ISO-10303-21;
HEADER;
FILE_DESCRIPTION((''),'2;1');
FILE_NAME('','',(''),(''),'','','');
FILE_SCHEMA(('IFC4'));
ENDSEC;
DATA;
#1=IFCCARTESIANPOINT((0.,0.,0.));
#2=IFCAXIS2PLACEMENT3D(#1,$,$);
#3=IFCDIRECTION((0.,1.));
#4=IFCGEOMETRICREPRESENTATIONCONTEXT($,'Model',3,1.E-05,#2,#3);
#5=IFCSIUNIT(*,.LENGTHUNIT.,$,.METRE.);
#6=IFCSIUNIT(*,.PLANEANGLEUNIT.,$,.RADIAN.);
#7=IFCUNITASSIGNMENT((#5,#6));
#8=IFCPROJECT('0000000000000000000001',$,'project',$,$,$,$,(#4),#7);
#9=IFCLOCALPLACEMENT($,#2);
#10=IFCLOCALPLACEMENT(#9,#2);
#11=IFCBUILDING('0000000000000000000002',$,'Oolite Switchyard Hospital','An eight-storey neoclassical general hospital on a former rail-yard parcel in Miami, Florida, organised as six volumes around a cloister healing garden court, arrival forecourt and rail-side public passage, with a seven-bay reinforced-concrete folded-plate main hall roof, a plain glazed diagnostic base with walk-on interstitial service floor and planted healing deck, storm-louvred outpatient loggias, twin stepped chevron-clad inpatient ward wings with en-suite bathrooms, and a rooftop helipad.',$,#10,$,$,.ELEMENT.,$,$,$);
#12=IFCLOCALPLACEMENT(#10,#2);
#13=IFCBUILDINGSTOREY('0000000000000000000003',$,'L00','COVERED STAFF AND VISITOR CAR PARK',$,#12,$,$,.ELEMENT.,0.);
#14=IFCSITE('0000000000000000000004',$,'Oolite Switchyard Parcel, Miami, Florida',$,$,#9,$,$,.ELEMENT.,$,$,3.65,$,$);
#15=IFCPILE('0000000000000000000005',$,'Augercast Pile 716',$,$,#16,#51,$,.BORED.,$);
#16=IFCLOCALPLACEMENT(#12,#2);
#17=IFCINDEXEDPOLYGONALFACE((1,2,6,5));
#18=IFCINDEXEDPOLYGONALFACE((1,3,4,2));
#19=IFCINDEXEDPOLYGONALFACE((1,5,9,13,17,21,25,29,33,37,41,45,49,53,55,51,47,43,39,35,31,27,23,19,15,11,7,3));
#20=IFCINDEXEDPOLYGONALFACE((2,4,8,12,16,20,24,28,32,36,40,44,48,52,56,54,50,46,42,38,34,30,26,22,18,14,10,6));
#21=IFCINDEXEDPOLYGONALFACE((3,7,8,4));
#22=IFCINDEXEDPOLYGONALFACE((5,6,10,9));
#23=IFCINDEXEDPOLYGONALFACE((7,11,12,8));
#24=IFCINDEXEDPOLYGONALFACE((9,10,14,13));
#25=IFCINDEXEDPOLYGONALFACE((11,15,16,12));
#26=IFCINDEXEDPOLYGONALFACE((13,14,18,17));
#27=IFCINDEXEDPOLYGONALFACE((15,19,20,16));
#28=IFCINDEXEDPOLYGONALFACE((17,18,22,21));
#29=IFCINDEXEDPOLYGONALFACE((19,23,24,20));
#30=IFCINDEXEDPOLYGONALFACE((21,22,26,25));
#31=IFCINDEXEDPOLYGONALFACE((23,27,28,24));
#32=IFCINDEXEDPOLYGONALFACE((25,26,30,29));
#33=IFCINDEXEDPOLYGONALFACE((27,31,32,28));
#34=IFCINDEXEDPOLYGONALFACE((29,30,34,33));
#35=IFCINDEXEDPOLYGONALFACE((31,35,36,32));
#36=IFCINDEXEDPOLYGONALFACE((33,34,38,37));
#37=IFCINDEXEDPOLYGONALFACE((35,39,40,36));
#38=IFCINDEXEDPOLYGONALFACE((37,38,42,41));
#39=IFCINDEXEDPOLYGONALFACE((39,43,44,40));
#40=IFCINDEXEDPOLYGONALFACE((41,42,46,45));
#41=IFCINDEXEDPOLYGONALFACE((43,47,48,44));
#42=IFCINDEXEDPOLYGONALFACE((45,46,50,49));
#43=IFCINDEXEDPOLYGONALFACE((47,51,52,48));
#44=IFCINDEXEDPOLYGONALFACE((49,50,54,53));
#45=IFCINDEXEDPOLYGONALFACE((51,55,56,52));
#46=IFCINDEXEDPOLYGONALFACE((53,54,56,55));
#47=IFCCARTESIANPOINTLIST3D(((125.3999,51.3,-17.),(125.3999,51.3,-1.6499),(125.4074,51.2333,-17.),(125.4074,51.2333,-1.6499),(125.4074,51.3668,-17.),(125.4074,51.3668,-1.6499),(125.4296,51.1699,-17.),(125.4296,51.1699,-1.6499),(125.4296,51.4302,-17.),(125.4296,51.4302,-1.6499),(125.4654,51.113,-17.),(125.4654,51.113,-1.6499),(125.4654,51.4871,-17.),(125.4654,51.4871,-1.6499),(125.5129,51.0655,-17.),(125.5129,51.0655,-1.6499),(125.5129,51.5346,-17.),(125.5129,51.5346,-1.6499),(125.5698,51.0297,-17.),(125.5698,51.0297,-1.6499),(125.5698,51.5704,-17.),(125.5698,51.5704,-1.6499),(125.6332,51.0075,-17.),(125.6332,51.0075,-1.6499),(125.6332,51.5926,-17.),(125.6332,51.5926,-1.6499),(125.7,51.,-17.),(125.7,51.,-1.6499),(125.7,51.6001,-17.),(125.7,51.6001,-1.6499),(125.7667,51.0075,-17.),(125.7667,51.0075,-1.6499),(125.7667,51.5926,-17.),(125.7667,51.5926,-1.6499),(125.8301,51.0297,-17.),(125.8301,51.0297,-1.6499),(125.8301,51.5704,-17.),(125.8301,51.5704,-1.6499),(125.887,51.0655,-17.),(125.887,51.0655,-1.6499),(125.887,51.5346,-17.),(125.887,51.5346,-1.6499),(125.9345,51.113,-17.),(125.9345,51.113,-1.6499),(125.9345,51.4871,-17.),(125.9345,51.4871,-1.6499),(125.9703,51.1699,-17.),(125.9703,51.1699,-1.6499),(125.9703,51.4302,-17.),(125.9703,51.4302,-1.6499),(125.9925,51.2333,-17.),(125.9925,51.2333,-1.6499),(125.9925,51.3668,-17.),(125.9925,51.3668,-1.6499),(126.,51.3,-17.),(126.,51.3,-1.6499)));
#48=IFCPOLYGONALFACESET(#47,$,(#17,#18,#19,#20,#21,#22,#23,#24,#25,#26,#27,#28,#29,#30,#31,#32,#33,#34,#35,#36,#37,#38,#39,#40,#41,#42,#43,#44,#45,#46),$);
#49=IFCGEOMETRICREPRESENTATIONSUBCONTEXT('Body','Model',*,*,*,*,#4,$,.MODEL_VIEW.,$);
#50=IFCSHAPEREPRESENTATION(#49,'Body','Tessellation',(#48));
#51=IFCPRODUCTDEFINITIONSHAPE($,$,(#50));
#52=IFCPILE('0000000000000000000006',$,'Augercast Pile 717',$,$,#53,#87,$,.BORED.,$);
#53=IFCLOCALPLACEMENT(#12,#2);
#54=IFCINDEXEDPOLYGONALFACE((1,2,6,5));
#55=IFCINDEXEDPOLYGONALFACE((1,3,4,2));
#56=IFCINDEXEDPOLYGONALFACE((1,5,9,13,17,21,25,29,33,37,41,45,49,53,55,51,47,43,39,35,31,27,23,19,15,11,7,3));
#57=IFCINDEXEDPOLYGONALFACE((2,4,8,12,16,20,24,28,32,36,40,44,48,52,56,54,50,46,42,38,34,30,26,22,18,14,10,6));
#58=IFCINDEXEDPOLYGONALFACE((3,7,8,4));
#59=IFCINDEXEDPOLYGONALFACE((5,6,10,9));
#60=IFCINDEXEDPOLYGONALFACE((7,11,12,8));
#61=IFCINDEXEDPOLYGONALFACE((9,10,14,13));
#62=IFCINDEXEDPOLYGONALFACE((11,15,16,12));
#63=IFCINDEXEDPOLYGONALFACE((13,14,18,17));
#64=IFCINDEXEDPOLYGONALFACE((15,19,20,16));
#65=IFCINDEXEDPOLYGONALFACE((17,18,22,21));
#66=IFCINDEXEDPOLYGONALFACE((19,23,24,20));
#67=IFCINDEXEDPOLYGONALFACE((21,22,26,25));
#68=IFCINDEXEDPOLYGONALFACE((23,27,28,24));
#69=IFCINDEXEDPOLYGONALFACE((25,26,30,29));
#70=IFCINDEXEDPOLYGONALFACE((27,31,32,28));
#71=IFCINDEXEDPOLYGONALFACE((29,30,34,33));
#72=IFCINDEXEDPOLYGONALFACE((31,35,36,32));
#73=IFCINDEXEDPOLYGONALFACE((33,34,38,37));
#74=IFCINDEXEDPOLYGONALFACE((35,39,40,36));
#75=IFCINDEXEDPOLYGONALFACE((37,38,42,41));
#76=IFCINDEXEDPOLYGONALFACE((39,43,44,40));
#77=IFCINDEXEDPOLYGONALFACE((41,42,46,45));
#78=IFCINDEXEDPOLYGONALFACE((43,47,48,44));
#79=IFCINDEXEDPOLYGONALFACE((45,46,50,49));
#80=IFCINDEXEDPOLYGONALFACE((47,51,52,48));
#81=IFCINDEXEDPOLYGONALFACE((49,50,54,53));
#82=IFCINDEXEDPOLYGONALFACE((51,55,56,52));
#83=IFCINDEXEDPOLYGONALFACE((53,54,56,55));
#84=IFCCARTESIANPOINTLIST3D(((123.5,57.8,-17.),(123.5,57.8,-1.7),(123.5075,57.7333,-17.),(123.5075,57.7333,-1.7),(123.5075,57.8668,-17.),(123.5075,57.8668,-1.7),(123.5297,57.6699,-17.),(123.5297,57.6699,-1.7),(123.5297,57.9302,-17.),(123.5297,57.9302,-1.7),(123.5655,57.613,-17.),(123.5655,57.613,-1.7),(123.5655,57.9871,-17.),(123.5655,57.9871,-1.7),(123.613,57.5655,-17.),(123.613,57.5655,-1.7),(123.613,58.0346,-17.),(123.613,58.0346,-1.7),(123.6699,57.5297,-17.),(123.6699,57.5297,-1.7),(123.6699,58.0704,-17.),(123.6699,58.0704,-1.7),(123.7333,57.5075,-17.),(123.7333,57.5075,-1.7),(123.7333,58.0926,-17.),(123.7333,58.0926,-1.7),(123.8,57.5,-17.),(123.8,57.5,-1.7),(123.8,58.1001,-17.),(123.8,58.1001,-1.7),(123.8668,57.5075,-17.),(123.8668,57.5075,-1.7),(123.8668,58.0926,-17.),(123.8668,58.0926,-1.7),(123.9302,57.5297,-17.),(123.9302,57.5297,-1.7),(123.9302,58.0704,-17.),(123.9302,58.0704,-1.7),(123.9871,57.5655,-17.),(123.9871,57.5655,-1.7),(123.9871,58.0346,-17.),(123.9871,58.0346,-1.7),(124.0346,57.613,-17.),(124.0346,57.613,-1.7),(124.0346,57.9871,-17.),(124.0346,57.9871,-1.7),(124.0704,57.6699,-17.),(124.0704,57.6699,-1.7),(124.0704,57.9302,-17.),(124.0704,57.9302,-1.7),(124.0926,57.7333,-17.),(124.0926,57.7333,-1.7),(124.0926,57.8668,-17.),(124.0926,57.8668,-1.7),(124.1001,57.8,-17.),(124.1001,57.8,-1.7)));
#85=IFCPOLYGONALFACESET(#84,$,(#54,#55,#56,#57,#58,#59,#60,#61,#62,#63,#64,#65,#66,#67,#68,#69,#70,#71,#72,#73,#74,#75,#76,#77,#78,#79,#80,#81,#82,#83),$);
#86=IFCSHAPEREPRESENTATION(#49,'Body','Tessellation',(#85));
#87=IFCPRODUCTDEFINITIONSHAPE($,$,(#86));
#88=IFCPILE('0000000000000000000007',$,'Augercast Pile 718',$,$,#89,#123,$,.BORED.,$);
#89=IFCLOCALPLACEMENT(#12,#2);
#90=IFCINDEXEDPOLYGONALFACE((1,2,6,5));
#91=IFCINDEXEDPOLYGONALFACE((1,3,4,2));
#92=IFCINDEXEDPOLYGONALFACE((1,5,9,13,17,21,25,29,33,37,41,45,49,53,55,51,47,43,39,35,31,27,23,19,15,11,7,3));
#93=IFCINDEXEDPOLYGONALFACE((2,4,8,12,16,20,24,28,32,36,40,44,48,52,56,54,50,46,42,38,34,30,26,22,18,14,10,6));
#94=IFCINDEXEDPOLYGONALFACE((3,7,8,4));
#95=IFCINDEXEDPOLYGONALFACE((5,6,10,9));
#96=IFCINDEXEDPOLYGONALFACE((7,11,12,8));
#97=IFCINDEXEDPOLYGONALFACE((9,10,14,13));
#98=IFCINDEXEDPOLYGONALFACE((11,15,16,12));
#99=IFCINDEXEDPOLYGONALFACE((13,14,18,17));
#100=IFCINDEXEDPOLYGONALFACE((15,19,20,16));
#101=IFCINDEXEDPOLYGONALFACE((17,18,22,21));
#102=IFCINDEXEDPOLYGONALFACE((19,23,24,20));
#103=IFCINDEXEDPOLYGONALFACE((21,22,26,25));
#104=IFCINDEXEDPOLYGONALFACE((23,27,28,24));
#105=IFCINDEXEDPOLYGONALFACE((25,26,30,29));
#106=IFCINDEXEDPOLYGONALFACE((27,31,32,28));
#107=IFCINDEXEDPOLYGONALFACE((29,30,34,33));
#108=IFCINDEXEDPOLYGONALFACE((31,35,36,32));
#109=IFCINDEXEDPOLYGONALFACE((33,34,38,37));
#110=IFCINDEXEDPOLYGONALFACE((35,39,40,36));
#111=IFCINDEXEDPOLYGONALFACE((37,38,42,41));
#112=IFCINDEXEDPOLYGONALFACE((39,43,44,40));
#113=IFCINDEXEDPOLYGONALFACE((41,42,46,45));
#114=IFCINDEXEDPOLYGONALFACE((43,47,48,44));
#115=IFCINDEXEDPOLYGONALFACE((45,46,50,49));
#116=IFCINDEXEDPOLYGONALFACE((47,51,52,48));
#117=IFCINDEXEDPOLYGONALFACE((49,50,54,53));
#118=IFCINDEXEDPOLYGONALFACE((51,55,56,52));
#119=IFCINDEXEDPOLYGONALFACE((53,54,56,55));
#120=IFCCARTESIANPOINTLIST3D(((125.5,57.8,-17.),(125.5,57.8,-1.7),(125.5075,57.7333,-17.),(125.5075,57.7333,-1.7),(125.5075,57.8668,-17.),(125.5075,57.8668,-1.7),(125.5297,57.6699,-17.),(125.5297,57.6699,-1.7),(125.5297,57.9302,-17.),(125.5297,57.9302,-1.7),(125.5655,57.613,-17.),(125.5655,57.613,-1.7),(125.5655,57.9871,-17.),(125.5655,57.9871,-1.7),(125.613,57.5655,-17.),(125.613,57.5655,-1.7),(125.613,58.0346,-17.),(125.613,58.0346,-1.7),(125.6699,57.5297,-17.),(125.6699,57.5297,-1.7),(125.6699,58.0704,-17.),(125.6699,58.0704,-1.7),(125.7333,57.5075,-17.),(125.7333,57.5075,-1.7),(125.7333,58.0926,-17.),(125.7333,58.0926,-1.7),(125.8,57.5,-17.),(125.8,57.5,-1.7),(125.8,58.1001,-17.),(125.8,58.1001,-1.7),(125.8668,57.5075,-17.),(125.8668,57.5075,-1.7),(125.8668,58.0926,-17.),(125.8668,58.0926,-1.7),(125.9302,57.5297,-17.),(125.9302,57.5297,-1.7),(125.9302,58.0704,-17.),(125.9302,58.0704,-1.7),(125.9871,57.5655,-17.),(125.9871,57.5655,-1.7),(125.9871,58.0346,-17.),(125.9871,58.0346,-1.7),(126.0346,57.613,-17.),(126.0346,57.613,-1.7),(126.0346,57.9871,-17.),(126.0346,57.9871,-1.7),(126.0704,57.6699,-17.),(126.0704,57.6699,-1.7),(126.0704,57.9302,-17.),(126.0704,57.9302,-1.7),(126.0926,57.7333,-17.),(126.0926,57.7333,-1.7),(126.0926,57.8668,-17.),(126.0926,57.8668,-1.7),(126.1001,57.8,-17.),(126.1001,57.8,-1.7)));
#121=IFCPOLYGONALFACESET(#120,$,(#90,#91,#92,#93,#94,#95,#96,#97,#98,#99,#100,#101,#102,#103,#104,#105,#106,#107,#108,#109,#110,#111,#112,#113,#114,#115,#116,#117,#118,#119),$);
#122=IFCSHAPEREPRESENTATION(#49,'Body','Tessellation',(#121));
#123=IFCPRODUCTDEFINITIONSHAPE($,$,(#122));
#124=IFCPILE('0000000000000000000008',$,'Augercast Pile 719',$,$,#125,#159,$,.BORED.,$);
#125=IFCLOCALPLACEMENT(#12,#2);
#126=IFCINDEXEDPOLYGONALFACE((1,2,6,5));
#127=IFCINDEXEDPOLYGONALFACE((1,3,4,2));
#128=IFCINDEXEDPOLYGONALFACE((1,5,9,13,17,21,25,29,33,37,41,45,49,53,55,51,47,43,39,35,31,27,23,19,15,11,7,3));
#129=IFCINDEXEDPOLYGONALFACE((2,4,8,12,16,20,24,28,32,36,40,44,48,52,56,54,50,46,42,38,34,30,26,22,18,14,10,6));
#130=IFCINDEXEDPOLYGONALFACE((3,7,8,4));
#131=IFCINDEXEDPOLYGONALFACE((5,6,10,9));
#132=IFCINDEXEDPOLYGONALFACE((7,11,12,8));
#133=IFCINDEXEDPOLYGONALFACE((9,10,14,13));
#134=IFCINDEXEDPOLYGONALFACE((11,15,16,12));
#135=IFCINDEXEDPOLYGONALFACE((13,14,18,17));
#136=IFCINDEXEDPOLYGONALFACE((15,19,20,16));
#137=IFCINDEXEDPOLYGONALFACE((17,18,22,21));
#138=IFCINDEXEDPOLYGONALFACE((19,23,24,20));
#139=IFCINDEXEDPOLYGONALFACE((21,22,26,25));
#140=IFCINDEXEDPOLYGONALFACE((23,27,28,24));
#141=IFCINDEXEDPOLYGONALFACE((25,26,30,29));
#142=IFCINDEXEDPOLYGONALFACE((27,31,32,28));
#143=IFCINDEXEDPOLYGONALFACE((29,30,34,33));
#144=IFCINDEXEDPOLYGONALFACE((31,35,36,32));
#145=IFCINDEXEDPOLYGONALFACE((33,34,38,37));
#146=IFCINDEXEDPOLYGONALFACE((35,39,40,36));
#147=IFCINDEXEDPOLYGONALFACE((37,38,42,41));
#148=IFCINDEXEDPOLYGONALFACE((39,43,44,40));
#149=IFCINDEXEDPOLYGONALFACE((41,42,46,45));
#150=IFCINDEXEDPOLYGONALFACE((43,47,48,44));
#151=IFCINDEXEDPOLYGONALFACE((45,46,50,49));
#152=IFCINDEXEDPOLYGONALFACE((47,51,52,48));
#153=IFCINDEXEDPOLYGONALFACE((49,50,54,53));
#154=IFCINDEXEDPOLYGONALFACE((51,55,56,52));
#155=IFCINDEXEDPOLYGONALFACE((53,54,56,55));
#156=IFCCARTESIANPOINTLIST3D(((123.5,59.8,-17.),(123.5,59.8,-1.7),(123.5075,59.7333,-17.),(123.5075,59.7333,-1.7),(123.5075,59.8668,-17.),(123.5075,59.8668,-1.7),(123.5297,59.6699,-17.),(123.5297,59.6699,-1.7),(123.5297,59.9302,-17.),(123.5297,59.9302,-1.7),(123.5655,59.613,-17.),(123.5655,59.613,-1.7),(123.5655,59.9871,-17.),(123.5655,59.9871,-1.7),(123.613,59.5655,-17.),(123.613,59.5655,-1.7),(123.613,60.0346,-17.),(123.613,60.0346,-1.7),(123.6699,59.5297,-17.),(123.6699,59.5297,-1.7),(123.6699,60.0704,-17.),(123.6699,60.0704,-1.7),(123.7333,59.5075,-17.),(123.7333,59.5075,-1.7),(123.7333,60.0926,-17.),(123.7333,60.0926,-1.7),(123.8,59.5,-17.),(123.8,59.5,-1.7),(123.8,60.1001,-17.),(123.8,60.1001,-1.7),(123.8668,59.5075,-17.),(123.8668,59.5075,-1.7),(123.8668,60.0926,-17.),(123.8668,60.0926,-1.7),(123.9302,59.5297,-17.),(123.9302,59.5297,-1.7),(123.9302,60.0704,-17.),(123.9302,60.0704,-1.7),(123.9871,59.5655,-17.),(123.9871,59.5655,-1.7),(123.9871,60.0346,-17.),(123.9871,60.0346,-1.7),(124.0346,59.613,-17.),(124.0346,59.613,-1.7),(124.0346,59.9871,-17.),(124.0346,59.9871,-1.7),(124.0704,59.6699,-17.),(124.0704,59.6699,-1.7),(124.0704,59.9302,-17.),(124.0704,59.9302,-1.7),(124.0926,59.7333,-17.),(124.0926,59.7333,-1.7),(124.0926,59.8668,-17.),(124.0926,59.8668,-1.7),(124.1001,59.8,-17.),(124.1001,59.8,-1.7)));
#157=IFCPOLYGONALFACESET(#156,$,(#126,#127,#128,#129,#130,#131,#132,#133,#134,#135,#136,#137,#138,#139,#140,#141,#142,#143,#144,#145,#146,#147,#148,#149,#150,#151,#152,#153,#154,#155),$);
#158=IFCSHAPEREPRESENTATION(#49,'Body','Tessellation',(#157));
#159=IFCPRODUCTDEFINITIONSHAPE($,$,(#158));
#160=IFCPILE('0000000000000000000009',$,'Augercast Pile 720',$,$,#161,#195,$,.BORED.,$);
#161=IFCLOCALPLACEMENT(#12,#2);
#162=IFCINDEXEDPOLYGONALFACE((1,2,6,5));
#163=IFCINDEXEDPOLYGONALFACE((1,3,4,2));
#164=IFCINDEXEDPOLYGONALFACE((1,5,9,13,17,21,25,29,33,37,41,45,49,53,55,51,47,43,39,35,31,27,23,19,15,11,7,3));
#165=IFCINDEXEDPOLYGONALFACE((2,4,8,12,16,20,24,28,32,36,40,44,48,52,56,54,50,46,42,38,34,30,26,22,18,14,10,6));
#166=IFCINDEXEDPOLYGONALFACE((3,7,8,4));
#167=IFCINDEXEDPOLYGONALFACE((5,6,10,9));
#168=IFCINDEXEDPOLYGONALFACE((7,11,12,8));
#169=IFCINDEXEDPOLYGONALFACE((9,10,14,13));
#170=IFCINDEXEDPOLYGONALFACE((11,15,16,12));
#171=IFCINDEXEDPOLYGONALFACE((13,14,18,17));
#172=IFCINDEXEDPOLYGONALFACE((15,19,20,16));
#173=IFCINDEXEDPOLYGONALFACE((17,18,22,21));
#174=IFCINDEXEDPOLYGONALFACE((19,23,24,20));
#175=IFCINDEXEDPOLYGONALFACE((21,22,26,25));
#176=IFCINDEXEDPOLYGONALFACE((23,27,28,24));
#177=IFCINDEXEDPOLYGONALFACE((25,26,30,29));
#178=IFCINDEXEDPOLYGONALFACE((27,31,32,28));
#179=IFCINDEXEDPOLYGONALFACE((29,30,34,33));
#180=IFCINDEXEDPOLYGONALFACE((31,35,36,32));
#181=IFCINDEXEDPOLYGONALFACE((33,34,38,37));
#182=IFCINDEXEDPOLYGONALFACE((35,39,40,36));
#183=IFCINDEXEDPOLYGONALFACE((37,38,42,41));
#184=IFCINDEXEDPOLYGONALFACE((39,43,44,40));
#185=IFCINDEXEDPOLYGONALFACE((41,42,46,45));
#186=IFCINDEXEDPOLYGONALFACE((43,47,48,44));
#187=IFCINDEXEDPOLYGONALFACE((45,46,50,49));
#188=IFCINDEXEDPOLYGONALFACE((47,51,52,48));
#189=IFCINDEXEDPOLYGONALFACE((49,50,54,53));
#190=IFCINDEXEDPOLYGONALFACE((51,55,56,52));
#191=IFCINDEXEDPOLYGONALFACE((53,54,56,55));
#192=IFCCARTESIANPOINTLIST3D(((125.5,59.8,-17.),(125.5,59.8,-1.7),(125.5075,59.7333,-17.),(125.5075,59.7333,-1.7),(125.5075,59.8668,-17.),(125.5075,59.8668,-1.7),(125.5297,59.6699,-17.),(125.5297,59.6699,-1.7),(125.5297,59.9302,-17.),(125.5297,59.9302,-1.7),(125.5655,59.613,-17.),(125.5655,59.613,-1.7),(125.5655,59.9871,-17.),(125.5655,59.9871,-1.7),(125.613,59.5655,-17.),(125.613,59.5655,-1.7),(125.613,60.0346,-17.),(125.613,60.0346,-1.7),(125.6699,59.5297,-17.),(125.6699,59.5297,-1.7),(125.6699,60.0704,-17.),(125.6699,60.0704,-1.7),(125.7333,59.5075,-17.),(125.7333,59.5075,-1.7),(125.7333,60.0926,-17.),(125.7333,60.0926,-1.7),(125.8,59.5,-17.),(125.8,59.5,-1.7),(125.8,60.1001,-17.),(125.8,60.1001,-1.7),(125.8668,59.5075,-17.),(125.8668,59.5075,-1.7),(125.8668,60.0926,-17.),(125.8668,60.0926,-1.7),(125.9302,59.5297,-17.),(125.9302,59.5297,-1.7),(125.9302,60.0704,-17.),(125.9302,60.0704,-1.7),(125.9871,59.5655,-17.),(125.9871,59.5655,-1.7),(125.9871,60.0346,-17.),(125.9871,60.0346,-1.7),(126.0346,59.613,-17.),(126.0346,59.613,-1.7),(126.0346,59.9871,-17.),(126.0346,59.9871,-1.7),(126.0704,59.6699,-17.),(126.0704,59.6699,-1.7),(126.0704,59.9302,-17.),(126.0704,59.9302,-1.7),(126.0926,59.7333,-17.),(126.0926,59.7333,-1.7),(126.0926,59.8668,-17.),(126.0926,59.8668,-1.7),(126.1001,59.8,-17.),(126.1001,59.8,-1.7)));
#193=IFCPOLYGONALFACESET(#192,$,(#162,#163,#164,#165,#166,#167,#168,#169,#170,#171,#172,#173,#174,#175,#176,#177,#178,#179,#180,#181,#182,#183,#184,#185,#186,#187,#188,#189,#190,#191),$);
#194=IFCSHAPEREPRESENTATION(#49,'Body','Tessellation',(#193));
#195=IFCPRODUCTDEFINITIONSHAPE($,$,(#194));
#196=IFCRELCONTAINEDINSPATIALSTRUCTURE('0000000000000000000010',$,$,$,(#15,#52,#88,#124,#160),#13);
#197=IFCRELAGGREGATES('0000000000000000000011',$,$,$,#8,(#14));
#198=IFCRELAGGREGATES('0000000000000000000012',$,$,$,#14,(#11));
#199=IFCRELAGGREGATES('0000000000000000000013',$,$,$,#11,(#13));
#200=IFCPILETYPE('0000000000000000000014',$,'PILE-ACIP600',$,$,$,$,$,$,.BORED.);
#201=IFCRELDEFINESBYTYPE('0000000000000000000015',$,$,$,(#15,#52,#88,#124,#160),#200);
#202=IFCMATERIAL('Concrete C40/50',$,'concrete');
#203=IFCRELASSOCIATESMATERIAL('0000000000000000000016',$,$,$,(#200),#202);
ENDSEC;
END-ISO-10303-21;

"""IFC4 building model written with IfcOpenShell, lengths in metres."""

from ifc_helpers import new_model, si_unit, direction, frame, origin, origin_2d, place, context, subcontext, project, spatial, circle, extrude, material, material_profile, profile_set, type_object, element, save


model = new_model("IFC4")

# Units and contexts
model_context = context("Model", 3, precision=1e-05, world=origin(), true_north=direction((0.0, 1.0)))
body_context = subcontext(model_context, "Body", "Model", "MODEL_VIEW")
ifc_project = project(units=[si_unit("LENGTHUNIT", "METRE"), si_unit("PLANEANGLEUNIT", "RADIAN")], contexts=[model_context])

# Site, building, storey
site_placement = place(None, origin())
site = spatial("IfcSite", under=ifc_project, at=site_placement, Name="Oolite Switchyard Parcel, Miami, Florida", CompositionType="ELEMENT", RefElevation=3.65)
building_placement = place(site_placement, origin())
building = spatial("IfcBuilding", under=site, at=building_placement, Name="Oolite Switchyard Hospital", Description="An eight-storey neoclassical general hospital on a former rail-yard parcel in Miami, Florida, organised as six volumes around a cloister healing garden court, arrival forecourt and rail-side public passage, with a seven-bay reinforced-concrete folded-plate main hall roof, a plain glazed diagnostic base with walk-on interstitial service floor and planted healing deck, storm-louvred outpatient loggias, twin stepped chevron-clad inpatient ward wings with en-suite bathrooms, and a rooftop helipad.", CompositionType="ELEMENT")
storey_placement = place(building_placement, origin())
storey = spatial("IfcBuildingStorey", under=building, at=storey_placement, Name="L00", Description="COVERED STAFF AND VISITOR CAR PARK", CompositionType="ELEMENT", Elevation=0.0)

# Shared definitions
ifc_material_1 = material(Name="Concrete C40/50", Category="concrete")

# Piles
ifc_material_profile_1 = material_profile(ifc_material_1, circle(Radius=0.3, at=origin_2d()), Name="PILE600")
ifc_profile_set_1 = profile_set([ifc_material_profile_1], Name="Concrete C40/50")
pile_type = type_object("IfcPileType", Name="PILE-ACIP600", PredefinedType="BORED", material=ifc_profile_set_1)
for number, where, z_axis, x_axis, name in (
    (1, (125.7, 51.3, -1.6499), (0.0, 0.0, -1.0), (1.0, 0.0, 0.0), "Augercast Pile 716"),
):
    element("IfcPile", number, at=place(storey_placement, frame(where, z_axis=z_axis, x_axis=x_axis)), inside=storey, type_object=pile_type, Name=name, PredefinedType="BORED", context=body_context, shape_type="SweptSolid", body=[
        extrude(circle(Radius=0.3, at=origin_2d()), origin(), (0.0, 0.0, 1.0), 15.3501),
    ])
for number, where, z_axis, x_axis, name in (
    (2, (123.8, 57.8, -1.7), (0.0, 0.0, -1.0), (1.0, 0.0, 0.0), "Augercast Pile 717"),
    (3, (125.8, 57.8, -1.7), (0.0, 0.0, -1.0), (1.0, 0.0, 0.0), "Augercast Pile 718"),
    (4, (123.8, 59.8, -1.7), (0.0, 0.0, -1.0), (1.0, 0.0, 0.0), "Augercast Pile 719"),
    (5, (125.8, 59.8, -1.7), (0.0, 0.0, -1.0), (1.0, 0.0, 0.0), "Augercast Pile 720"),
):
    element("IfcPile", number, at=place(storey_placement, frame(where, z_axis=z_axis, x_axis=x_axis)), inside=storey, type_object=pile_type, Name=name, PredefinedType="BORED", context=body_context, shape_type="SweptSolid", body=[
        extrude(circle(Radius=0.3, at=origin_2d()), origin(), (0.0, 0.0, 1.0), 15.3),
    ])

save(model, "model.ifc")
